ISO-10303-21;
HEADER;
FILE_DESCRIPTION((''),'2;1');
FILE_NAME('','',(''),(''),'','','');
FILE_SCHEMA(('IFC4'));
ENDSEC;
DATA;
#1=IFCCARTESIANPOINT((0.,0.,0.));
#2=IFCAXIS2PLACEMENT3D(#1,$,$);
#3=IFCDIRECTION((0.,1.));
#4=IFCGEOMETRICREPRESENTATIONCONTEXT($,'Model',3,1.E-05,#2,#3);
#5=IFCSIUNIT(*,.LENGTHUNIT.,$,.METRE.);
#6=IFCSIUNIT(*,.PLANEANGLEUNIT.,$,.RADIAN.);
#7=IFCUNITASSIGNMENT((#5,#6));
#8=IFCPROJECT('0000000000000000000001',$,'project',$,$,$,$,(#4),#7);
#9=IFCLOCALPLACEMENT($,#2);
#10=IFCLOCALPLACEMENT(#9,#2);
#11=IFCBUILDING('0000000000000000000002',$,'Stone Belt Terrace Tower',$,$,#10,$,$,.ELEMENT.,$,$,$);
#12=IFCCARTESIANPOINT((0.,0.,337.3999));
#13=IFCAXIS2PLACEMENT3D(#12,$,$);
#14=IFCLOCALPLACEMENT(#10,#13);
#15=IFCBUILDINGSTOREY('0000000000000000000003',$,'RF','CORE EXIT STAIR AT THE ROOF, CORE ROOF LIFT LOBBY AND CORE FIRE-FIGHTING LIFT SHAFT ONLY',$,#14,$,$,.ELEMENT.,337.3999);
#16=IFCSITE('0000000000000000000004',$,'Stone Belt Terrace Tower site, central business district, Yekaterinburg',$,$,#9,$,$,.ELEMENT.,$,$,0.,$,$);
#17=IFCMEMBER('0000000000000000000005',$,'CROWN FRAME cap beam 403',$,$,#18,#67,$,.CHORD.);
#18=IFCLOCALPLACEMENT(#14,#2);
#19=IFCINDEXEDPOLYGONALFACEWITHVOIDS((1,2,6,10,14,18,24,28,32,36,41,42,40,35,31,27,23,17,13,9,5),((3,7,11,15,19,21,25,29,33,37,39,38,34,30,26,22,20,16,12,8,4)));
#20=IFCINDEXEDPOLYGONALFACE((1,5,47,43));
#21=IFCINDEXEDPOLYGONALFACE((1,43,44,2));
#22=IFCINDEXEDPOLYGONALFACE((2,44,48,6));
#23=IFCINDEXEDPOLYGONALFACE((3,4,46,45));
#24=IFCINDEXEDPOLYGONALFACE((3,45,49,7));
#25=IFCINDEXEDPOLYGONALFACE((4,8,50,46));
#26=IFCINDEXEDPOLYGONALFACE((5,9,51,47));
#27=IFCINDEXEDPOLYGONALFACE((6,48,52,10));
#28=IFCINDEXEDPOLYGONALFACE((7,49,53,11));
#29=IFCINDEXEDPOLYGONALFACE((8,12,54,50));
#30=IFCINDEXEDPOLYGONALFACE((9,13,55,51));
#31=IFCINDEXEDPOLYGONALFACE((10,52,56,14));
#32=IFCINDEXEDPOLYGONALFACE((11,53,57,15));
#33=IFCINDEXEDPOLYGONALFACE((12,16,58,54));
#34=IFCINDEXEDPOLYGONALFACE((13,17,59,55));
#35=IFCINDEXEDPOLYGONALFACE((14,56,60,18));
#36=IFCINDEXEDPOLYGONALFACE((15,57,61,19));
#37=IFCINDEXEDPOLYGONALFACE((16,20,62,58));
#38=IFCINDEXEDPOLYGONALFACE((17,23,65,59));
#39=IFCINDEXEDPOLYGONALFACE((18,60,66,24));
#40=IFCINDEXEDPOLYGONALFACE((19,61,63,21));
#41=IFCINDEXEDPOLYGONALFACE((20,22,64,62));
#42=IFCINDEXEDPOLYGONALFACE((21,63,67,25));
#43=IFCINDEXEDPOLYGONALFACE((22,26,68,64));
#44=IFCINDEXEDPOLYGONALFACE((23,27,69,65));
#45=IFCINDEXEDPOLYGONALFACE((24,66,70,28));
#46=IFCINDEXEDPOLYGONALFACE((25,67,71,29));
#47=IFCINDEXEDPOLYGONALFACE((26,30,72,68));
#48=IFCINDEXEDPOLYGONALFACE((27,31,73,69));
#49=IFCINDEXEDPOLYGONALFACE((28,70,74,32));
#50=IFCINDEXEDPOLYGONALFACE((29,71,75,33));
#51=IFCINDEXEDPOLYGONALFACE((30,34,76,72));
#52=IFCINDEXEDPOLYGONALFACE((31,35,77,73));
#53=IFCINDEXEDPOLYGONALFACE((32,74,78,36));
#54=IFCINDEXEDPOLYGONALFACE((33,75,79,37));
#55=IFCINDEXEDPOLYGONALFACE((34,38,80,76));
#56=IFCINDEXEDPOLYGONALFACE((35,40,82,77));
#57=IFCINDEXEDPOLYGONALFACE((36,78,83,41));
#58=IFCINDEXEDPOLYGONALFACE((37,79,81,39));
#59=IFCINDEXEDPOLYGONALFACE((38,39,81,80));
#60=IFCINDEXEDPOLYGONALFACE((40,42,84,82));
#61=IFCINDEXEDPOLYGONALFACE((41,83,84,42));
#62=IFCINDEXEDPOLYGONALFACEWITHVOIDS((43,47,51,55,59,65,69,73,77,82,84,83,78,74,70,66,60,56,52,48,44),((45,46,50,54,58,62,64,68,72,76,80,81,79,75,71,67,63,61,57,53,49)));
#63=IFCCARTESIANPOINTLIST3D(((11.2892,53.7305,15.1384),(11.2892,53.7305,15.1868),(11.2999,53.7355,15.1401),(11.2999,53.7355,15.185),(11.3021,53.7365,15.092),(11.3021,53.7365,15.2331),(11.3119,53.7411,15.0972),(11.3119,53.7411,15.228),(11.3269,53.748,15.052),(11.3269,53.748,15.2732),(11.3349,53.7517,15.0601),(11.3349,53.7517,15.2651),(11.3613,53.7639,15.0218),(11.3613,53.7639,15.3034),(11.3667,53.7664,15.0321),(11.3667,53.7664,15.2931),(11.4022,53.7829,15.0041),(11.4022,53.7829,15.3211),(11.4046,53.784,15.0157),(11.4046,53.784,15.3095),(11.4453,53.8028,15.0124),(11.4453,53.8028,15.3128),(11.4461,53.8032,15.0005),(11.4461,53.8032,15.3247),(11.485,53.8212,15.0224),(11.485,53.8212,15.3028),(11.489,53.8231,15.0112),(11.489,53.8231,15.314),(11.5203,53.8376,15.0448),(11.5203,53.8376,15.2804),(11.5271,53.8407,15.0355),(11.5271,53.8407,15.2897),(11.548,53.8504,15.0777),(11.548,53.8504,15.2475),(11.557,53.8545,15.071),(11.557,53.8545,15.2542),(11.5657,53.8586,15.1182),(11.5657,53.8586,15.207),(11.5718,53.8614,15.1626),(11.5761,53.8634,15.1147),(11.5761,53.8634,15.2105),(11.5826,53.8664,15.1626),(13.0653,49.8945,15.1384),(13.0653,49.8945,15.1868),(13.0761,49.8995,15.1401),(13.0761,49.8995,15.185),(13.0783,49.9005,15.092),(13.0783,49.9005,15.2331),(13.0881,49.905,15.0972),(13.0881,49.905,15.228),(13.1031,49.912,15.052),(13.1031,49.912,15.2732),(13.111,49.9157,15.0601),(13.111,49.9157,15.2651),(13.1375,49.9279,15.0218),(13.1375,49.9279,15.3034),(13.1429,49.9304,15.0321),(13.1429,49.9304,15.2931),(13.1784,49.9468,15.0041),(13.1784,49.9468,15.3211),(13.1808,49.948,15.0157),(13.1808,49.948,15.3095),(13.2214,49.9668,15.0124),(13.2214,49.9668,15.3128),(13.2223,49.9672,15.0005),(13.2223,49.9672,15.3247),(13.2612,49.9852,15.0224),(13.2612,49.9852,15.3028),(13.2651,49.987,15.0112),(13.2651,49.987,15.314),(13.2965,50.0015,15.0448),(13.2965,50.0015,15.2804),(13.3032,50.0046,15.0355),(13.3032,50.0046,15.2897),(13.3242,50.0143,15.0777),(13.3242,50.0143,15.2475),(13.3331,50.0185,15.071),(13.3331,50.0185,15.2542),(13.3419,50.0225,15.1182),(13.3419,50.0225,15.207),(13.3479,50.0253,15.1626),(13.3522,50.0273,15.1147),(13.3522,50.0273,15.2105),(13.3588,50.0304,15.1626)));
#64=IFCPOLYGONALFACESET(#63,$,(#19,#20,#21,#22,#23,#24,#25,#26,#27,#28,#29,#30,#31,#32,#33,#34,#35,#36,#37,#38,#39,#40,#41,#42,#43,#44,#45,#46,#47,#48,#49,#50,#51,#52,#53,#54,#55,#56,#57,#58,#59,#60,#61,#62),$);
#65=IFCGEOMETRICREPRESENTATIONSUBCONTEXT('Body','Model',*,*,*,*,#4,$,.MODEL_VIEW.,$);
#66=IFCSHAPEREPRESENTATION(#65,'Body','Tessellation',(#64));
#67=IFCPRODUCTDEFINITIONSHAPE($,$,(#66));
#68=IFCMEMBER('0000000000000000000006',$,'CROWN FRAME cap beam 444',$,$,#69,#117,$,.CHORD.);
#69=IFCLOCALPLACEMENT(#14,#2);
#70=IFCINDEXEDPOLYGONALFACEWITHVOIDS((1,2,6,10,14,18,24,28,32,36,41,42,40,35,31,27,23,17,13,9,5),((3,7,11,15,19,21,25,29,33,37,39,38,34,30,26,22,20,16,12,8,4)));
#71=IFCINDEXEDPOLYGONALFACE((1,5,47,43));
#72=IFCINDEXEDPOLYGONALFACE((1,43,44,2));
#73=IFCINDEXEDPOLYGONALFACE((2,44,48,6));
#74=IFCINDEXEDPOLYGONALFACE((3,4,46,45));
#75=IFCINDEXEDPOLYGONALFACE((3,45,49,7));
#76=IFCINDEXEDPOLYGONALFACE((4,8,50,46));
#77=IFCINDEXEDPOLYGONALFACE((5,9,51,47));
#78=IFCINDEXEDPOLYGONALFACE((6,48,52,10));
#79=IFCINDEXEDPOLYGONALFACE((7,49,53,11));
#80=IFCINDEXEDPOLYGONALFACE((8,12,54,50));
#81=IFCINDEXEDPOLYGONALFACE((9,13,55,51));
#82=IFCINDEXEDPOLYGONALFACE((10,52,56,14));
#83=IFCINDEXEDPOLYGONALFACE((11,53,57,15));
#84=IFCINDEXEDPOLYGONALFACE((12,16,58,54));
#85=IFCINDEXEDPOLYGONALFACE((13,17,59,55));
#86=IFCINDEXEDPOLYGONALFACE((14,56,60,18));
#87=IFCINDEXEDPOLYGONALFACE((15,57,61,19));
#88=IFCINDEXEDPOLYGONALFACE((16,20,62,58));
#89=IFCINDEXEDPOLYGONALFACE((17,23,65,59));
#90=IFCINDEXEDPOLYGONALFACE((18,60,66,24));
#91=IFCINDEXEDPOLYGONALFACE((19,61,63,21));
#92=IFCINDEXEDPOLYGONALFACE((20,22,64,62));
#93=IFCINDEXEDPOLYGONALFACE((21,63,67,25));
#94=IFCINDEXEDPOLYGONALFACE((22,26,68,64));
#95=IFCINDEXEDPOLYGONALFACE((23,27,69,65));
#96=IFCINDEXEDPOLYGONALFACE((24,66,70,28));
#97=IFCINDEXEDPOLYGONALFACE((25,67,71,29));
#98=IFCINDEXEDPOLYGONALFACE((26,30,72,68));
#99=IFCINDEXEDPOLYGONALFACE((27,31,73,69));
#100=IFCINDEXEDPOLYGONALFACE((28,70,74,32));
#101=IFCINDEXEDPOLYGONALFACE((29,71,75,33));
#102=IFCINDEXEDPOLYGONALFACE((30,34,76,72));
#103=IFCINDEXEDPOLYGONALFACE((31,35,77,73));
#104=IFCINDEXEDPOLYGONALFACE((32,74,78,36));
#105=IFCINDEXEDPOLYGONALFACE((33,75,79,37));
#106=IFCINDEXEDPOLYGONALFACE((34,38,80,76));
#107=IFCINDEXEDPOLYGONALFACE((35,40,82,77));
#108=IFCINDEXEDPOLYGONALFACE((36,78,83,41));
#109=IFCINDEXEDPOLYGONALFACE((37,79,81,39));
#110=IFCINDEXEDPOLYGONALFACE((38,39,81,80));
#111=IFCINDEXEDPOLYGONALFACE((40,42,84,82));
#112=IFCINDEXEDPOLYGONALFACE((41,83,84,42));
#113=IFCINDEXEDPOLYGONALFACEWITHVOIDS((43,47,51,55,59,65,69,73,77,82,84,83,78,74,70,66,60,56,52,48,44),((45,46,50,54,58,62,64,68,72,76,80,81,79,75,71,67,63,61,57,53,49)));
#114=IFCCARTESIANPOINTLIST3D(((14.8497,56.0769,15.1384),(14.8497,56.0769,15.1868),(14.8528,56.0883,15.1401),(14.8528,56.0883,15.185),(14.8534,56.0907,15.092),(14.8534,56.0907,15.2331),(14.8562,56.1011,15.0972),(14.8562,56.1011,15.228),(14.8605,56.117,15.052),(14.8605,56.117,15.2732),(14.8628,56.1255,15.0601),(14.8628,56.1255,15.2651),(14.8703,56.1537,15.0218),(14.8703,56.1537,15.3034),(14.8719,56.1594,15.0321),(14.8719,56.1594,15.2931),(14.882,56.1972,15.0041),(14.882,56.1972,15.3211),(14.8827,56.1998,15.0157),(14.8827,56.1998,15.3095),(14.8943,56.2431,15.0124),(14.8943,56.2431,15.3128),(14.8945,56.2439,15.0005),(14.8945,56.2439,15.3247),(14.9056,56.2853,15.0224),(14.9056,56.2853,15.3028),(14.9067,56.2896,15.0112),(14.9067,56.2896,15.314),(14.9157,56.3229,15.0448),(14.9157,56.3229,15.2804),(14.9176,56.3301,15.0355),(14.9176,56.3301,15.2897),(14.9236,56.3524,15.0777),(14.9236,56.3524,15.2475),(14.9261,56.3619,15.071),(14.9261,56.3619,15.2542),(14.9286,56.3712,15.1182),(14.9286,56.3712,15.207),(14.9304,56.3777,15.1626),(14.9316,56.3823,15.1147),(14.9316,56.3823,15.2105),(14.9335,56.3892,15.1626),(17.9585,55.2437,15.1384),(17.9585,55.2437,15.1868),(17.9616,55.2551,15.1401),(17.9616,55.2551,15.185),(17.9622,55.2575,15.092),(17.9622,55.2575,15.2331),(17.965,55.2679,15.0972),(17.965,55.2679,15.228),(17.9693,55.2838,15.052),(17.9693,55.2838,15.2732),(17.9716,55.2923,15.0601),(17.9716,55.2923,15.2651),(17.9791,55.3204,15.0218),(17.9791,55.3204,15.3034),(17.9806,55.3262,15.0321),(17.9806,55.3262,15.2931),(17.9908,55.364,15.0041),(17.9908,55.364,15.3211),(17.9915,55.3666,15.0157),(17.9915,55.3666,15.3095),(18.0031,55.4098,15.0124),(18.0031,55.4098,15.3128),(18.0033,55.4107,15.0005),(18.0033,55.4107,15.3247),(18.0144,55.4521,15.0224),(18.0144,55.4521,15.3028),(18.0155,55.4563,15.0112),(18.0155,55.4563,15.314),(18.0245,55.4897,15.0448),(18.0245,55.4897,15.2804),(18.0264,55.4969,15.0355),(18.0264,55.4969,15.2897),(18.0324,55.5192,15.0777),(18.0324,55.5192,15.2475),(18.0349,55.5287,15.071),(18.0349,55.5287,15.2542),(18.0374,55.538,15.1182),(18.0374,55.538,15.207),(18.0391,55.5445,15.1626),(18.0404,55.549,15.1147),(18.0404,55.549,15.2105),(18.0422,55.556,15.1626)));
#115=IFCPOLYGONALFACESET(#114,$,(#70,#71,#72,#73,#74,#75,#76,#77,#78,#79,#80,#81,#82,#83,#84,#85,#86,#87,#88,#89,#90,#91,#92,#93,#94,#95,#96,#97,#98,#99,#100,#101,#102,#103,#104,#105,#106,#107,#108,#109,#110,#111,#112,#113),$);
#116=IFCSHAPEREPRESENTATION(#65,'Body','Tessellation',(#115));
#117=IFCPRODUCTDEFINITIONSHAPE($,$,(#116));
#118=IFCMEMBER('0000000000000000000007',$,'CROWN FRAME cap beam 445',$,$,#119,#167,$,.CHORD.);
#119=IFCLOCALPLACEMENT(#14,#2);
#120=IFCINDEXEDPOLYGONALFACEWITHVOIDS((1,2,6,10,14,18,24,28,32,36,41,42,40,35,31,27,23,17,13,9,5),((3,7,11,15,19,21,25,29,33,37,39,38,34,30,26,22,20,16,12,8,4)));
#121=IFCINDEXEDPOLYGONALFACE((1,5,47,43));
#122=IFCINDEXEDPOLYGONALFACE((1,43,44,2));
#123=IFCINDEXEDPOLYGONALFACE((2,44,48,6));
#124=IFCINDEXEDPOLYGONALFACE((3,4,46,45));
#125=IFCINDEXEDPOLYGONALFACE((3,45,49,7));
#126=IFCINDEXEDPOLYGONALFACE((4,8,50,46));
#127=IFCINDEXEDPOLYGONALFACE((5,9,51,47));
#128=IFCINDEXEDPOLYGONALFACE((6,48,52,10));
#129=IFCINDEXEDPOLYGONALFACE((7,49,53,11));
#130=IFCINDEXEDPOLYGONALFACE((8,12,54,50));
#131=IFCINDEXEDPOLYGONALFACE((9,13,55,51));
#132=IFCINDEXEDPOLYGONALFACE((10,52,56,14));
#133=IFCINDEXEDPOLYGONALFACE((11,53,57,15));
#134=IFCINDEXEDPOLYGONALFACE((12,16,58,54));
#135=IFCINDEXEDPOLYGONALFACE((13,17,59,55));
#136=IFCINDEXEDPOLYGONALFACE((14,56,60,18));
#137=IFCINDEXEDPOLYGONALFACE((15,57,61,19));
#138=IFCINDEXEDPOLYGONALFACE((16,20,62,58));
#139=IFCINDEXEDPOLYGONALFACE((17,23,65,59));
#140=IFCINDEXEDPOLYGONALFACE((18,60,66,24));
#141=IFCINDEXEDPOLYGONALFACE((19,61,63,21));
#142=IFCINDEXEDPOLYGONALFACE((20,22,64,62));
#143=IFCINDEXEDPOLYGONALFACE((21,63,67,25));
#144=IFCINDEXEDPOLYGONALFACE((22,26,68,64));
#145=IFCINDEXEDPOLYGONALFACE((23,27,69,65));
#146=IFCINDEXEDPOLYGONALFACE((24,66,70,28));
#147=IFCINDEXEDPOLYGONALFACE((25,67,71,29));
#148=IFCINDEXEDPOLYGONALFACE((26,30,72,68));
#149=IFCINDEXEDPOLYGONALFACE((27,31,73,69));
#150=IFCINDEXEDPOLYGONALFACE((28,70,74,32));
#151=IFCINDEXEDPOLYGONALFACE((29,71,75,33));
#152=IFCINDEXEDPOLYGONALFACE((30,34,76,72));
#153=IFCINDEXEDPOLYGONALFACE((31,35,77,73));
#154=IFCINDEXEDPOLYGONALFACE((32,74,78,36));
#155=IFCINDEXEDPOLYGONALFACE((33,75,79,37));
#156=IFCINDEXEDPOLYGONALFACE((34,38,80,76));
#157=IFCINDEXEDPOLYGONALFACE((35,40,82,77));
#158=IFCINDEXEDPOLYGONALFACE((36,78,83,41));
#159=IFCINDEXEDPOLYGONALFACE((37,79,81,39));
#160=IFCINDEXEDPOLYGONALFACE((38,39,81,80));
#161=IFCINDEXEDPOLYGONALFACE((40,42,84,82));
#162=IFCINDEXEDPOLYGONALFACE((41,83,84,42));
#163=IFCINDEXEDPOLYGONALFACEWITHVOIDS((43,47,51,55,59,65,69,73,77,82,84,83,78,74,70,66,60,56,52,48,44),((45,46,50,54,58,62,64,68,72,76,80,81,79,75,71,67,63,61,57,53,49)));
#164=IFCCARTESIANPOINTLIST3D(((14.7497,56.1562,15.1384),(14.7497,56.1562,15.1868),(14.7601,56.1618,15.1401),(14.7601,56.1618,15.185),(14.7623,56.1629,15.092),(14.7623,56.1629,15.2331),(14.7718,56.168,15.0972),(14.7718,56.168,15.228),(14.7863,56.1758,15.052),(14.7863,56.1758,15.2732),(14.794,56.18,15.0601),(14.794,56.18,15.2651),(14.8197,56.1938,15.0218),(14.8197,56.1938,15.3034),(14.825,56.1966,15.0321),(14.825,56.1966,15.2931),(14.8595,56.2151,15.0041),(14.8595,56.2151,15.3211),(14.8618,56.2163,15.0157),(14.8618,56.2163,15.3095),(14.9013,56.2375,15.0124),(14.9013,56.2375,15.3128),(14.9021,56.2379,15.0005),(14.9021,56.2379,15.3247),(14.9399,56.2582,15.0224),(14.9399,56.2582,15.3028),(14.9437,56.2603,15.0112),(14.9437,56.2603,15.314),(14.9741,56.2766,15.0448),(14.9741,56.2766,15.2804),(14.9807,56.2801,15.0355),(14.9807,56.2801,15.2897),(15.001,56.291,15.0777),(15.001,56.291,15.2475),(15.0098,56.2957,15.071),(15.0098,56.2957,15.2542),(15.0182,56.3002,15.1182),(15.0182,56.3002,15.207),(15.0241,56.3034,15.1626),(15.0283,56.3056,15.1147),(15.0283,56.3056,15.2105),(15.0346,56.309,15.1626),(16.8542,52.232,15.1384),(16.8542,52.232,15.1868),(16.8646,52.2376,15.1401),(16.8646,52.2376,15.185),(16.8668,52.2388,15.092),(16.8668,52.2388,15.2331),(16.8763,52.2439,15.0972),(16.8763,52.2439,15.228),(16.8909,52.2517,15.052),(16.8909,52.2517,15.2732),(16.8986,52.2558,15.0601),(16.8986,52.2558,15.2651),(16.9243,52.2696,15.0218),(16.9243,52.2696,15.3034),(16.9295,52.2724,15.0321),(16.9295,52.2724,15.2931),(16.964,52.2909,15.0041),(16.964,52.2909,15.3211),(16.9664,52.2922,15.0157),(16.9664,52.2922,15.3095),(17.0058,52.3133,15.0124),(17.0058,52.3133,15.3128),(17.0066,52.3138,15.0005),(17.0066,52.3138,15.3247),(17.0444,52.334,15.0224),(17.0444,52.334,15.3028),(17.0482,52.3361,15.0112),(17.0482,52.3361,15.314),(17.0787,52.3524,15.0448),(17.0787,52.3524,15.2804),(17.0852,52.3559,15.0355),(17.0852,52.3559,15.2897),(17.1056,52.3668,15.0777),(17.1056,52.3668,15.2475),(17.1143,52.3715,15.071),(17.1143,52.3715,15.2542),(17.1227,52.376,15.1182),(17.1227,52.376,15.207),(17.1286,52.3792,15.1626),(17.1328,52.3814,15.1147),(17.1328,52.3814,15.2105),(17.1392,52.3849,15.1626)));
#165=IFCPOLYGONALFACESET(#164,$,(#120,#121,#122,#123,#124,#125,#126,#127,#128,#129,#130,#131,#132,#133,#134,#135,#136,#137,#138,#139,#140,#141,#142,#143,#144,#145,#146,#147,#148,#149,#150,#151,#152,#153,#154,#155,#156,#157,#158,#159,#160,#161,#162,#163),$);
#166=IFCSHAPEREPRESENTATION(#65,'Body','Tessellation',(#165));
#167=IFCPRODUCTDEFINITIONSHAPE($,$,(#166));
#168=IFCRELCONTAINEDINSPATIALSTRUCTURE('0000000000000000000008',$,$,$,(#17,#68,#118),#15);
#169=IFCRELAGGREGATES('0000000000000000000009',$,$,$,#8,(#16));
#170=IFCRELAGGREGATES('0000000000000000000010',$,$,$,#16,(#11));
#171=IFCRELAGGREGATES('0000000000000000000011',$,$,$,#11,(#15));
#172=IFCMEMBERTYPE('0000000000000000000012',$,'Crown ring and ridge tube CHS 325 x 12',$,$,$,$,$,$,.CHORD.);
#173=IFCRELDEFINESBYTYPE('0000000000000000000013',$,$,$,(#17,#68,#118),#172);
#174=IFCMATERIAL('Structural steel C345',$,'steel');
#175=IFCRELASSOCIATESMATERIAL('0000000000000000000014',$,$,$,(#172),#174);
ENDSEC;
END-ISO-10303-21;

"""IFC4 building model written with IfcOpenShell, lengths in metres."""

from ifc_helpers import new_model, si_unit, direction, frame, origin, origin_2d, place, context, subcontext, project, spatial, hollow_circle, extrude, material, material_profile, profile_set, type_object, element, save


model = new_model("IFC4")

# Units and contexts
model_context = context("Model", 3, precision=1e-05, world=origin(), true_north=direction((0.0, 1.0)))
body_context = subcontext(model_context, "Body", "Model", "MODEL_VIEW")
ifc_project = project(units=[si_unit("LENGTHUNIT", "METRE"), si_unit("PLANEANGLEUNIT", "RADIAN")], contexts=[model_context])

# Site, building, storey
site_placement = place(None, origin())
site = spatial("IfcSite", under=ifc_project, at=site_placement, Name="Stone Belt Terrace Tower site, central business district, Yekaterinburg", CompositionType="ELEMENT", RefElevation=0.0)
building_placement = place(site_placement, origin())
building = spatial("IfcBuilding", under=site, at=building_placement, Name="Stone Belt Terrace Tower", CompositionType="ELEMENT")
storey_placement = place(building_placement, frame((0.0, 0.0, 337.3999)))
storey = spatial("IfcBuildingStorey", under=building, at=storey_placement, Name="RF", Description="CORE EXIT STAIR AT THE ROOF, CORE ROOF LIFT LOBBY AND CORE FIRE-FIGHTING LIFT SHAFT ONLY", CompositionType="ELEMENT", Elevation=337.3999)

# Members
ifc_material_1 = material(Name="Structural steel C345", Category="steel")
ifc_material_profile = material_profile(ifc_material_1, hollow_circle(Radius=0.1626, WallThickness=0.012, at=origin_2d()), Name="Structural steel C345 CHS 325x12")
ifc_profile_set = profile_set([ifc_material_profile], Name="Structural steel C345")
member_type = type_object("IfcMemberType", Name="Crown ring and ridge tube CHS 325 x 12", PredefinedType="CHORD", material=ifc_profile_set)
member_1_placement = place(storey_placement, frame((11.4351, 53.7981, 15.1626), z_axis=(0.420168, -0.907447, 0.0), x_axis=(0.907447, 0.420168, 0.0)))
element("IfcMember", 1, at=member_1_placement, inside=storey, type_object=member_type, Name="CROWN FRAME cap beam 403", PredefinedType="CHORD", context=body_context, shape_type="SweptSolid", body=[
    extrude(hollow_circle(Radius=0.1626, WallThickness=0.012, at=origin_2d()), origin(), (0.0, 0.0, 1.0), 4.2273),
])
member_2_placement = place(storey_placement, frame((14.8914, 56.2322, 15.1626), z_axis=(0.965908, -0.258885, 0.0), x_axis=(0.258885, 0.965908, 0.0)))
element("IfcMember", 2, at=member_2_placement, inside=storey, type_object=member_type, Name="CROWN FRAME cap beam 444", PredefinedType="CHORD", context=body_context, shape_type="SweptSolid", body=[
    extrude(hollow_circle(Radius=0.1626, WallThickness=0.012, at=origin_2d()), origin(), (0.0, 0.0, 1.0), 3.2185),
])
member_3_placement = place(storey_placement, frame((14.8914, 56.2322, 15.1626), z_axis=(0.472625, -0.881264, 0.0), x_axis=(0.881264, 0.472625, 0.0)))
element("IfcMember", 3, at=member_3_placement, inside=storey, type_object=member_type, Name="CROWN FRAME cap beam 445", PredefinedType="CHORD", context=body_context, shape_type="SweptSolid", body=[
    extrude(hollow_circle(Radius=0.1626, WallThickness=0.012, at=origin_2d()), origin(), (0.0, 0.0, 1.0), 4.4529),
])

save(model, "model.ifc")
